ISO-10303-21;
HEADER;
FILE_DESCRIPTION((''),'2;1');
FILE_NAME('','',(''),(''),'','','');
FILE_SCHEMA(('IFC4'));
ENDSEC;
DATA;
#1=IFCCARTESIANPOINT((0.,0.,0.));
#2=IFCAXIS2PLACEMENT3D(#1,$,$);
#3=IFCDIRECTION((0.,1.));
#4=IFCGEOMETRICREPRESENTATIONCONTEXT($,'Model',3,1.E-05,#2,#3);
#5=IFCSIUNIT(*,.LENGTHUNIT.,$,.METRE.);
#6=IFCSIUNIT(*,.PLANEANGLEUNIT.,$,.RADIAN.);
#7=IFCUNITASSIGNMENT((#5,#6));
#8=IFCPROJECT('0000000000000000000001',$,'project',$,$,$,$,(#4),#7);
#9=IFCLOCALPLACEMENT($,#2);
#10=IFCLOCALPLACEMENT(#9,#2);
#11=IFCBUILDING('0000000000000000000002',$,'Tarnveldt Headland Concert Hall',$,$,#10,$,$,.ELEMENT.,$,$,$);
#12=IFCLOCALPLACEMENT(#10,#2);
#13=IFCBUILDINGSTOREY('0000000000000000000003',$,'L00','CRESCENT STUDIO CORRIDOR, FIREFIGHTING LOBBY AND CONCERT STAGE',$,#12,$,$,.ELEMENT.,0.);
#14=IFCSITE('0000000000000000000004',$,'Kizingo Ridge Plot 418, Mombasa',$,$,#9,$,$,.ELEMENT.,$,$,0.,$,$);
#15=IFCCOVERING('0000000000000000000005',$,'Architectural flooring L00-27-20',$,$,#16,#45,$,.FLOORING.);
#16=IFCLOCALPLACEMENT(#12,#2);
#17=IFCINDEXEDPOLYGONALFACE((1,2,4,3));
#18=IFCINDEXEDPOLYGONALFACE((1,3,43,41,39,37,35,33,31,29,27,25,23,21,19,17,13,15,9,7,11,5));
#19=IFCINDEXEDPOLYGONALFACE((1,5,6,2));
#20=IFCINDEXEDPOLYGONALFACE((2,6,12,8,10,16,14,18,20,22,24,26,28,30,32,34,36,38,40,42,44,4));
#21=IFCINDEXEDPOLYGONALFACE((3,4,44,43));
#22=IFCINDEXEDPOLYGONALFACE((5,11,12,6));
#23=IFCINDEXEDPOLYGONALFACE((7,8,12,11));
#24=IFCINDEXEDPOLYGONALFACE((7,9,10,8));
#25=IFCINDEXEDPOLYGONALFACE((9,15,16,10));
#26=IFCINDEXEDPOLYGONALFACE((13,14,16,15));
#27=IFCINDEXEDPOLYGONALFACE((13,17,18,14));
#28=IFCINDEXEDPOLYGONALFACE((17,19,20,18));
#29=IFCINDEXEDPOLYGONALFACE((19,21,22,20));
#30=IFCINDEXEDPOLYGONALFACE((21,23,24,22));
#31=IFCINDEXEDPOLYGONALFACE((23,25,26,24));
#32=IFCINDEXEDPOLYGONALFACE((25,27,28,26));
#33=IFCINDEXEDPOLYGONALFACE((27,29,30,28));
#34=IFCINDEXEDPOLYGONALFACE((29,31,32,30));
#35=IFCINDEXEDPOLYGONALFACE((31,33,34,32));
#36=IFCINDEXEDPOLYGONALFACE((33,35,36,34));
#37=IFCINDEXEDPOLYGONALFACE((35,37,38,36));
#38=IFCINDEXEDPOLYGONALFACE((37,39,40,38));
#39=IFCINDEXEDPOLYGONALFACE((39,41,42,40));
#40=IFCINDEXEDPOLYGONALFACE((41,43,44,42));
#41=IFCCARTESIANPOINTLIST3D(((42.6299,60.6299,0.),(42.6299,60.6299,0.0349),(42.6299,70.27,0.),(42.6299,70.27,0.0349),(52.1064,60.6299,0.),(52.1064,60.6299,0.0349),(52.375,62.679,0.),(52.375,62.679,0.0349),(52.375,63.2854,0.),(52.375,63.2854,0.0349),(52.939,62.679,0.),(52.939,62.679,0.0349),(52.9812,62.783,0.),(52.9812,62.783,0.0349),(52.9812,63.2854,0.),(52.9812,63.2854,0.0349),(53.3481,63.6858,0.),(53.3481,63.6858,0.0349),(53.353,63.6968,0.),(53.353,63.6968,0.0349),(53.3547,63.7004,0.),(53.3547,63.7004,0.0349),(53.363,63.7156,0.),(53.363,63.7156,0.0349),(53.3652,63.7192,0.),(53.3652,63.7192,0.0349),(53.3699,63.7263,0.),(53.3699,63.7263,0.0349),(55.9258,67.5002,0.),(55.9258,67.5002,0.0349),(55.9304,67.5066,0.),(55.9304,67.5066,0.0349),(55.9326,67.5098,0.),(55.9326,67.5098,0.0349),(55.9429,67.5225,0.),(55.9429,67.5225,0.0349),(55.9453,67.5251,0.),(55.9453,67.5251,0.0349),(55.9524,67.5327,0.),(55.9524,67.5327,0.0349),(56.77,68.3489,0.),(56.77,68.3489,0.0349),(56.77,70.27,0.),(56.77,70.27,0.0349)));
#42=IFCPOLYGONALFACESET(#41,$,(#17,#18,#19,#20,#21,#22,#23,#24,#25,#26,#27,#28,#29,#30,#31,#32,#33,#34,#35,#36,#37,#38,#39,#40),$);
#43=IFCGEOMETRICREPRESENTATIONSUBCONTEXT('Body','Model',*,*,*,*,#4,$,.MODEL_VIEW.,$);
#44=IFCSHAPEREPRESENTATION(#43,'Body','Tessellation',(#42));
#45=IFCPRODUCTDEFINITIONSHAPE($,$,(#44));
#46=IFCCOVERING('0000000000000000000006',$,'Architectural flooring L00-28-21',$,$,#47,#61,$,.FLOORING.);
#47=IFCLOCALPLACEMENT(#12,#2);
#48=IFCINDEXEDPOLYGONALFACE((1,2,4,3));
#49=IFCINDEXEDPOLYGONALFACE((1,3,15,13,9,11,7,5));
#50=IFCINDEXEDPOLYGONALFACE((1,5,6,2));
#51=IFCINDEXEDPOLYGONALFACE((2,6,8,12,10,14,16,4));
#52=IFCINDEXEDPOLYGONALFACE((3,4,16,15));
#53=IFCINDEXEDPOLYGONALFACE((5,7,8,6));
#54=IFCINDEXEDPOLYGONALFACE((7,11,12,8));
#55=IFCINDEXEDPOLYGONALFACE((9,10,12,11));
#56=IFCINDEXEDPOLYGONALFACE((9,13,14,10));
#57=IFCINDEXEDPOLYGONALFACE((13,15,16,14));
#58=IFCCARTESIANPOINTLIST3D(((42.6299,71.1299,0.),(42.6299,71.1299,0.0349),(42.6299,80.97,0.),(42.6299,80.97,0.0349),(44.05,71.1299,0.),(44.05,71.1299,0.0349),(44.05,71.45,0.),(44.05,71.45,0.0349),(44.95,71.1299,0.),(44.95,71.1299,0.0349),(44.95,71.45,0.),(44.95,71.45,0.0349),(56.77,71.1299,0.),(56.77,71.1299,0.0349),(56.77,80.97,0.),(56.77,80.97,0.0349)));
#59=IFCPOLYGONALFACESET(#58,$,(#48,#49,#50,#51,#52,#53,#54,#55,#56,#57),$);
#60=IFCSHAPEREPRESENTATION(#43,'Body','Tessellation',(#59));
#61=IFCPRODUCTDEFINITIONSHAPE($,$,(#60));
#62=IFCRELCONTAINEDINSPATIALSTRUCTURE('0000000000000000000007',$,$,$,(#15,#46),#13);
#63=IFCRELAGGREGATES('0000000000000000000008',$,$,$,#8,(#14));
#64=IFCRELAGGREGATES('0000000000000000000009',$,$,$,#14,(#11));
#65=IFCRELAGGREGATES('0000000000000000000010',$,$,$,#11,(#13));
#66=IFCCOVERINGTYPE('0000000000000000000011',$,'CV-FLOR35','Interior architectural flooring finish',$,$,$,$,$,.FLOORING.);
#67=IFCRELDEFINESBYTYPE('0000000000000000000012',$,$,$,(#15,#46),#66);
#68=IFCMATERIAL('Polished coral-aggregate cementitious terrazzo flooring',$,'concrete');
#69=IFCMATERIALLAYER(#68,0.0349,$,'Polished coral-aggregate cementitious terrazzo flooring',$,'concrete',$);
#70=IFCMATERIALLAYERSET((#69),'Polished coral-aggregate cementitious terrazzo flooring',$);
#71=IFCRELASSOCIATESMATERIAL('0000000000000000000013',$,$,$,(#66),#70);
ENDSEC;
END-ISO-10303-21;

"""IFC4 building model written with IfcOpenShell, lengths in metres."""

from ifc_helpers import new_model, si_unit, direction, origin, place, context, subcontext, project, spatial, polyline, outline, extrude, material, layer, layer_set, type_object, element, save


model = new_model("IFC4")

# Units and contexts
model_context = context("Model", 3, precision=1e-05, world=origin(), true_north=direction((0.0, 1.0)))
body_context = subcontext(model_context, "Body", "Model", "MODEL_VIEW")
ifc_project = project(units=[si_unit("LENGTHUNIT", "METRE"), si_unit("PLANEANGLEUNIT", "RADIAN")], contexts=[model_context])

# Site, building, storey
site_placement = place(None, origin())
site = spatial("IfcSite", under=ifc_project, at=site_placement, Name="Kizingo Ridge Plot 418, Mombasa", CompositionType="ELEMENT", RefElevation=0.0)
building_placement = place(site_placement, origin())
building = spatial("IfcBuilding", under=site, at=building_placement, Name="Tarnveldt Headland Concert Hall", CompositionType="ELEMENT")
storey_placement = place(building_placement, origin())
storey = spatial("IfcBuildingStorey", under=building, at=storey_placement, Name="L00", Description="CRESCENT STUDIO CORRIDOR, FIREFIGHTING LOBBY AND CONCERT STAGE", CompositionType="ELEMENT", Elevation=0.0)

# Coverings
ifc_material_1 = material(Name="Polished coral-aggregate cementitious terrazzo flooring", Category="concrete")
ifc_layer_1 = layer(ifc_material_1, 0.0349, Name="Polished coral-aggregate cementitious terrazzo flooring", Category="concrete")
ifc_layer_set_1 = layer_set([ifc_layer_1], Name="Polished coral-aggregate cementitious terrazzo flooring")
covering_type_1 = type_object("IfcCoveringType", Name="CV-FLOR35", Description="Interior architectural flooring finish", PredefinedType="FLOORING", material=ifc_layer_set_1)
covering_1_placement = place(storey_placement, origin())
element("IfcCovering", 1, at=covering_1_placement, inside=storey, type_object=covering_type_1, Name="Architectural flooring L00-27-20", PredefinedType="FLOORING", context=body_context, shape_type="SweptSolid", body=[
    extrude(outline(polyline([(56.77, 70.27), (56.77, 68.3489), (55.9524, 67.5327), (55.9453, 67.5251), (55.9429, 67.5225), (55.9326, 67.5098), (55.9304, 67.5066), (55.9258, 67.5002), (53.3699, 63.7263), (53.3652, 63.7192), (53.363, 63.7156), (53.3547, 63.7004), (53.353, 63.6968), (53.3481, 63.6858), (52.9812, 62.783), (52.9812, 63.2854), (52.375, 63.2854), (52.375, 62.679), (52.939, 62.679), (52.1064, 60.6299), (42.6299, 60.6299), (42.6299, 70.27), (56.77, 70.27)])), origin(), (0.0, 0.0, 1.0), 0.0349),
])
covering_2_placement = place(storey_placement, origin())
element("IfcCovering", 2, at=covering_2_placement, inside=storey, type_object=covering_type_1, Name="Architectural flooring L00-28-21", PredefinedType="FLOORING", context=body_context, shape_type="SweptSolid", body=[
    extrude(outline(polyline([(56.77, 80.97), (56.77, 71.1299), (44.95, 71.1299), (44.95, 71.45), (44.05, 71.45), (44.05, 71.1299), (42.6299, 71.1299), (42.6299, 80.97), (56.77, 80.97)])), origin(), (0.0, 0.0, 1.0), 0.0349),
])

save(model, "model.ifc")
